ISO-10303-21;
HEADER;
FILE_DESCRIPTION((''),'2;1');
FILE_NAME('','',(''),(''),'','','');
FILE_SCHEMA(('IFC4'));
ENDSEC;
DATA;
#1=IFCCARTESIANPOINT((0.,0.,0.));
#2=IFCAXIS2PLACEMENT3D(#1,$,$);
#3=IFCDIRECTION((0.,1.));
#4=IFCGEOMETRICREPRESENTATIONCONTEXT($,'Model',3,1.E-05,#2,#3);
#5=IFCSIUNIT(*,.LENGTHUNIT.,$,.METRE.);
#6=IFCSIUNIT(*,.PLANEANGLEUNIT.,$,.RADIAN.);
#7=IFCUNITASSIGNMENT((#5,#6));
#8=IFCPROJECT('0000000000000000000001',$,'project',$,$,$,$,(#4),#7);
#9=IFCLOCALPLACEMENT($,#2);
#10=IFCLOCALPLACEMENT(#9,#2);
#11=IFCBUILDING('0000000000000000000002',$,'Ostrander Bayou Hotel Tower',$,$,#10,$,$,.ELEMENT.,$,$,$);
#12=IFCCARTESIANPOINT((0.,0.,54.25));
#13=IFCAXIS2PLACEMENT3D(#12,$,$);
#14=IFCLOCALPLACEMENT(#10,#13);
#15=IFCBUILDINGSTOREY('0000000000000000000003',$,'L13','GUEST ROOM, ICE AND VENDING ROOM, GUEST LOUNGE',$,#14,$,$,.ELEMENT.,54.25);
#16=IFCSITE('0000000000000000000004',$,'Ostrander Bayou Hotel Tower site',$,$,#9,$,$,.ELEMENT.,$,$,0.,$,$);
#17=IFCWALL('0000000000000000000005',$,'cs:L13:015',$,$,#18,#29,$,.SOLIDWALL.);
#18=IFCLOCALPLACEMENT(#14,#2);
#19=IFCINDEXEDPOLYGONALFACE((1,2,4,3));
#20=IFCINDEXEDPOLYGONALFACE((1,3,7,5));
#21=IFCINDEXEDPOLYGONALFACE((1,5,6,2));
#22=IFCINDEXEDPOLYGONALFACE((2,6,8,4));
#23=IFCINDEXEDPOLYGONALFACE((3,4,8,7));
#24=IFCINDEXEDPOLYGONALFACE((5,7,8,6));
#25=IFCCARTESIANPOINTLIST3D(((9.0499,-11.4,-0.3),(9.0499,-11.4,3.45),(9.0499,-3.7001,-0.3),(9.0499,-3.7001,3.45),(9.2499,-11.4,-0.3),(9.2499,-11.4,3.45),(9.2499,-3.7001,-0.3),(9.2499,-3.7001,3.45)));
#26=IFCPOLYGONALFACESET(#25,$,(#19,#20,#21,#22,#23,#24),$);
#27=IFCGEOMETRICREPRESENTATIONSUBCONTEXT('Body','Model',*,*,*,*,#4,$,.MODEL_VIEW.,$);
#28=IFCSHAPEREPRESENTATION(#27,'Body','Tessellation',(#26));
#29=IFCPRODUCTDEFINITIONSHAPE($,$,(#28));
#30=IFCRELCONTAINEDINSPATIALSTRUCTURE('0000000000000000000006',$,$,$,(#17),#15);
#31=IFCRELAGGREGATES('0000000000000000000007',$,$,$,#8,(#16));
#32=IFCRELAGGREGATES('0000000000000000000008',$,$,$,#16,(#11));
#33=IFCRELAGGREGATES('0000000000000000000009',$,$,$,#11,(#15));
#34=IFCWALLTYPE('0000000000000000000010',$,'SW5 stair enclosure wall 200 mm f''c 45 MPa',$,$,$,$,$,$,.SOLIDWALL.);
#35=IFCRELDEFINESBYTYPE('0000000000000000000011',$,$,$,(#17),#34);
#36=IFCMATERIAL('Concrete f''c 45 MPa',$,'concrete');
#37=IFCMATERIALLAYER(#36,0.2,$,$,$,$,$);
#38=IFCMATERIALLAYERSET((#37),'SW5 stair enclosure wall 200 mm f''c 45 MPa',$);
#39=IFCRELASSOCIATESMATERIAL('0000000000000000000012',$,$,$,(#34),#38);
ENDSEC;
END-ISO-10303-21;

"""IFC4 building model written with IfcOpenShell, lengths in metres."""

from ifc_helpers import new_model, si_unit, direction, frame, frame_2d, origin, place, context, subcontext, project, spatial, rectangle, extrude, material, layer, layer_set, type_object, element, save


model = new_model("IFC4")

# Units and contexts
model_context = context("Model", 3, precision=1e-05, world=origin(), true_north=direction((0.0, 1.0)))
body_context = subcontext(model_context, "Body", "Model", "MODEL_VIEW")
ifc_project = project(units=[si_unit("LENGTHUNIT", "METRE"), si_unit("PLANEANGLEUNIT", "RADIAN")], contexts=[model_context])

# Site, building, storey
site_placement = place(None, origin())
site = spatial("IfcSite", under=ifc_project, at=site_placement, Name="Ostrander Bayou Hotel Tower site", CompositionType="ELEMENT", RefElevation=0.0)
building_placement = place(site_placement, origin())
building = spatial("IfcBuilding", under=site, at=building_placement, Name="Ostrander Bayou Hotel Tower", CompositionType="ELEMENT")
storey_placement = place(building_placement, frame((0.0, 0.0, 54.25)))
storey = spatial("IfcBuildingStorey", under=building, at=storey_placement, Name="L13", Description="GUEST ROOM, ICE AND VENDING ROOM, GUEST LOUNGE", CompositionType="ELEMENT", Elevation=54.25)

# Wall
ifc_material_1 = material(Name="Concrete f'c 45 MPa", Category="concrete")
ifc_layer_1 = layer(ifc_material_1, 0.2)
ifc_layer_set_1 = layer_set([ifc_layer_1], Name="SW5 stair enclosure wall 200 mm f'c 45 MPa")
wall_type_1 = type_object("IfcWallType", Name="SW5 stair enclosure wall 200 mm f'c 45 MPa", PredefinedType="SOLIDWALL", material=ifc_layer_set_1)
wall_1_placement = place(storey_placement, frame((9.1499, -3.7, -0.3), z_axis=(0.0, 0.0, 1.0), x_axis=(0.0, -1.0, 0.0)))
element("IfcWall", 1, at=wall_1_placement, inside=storey, type_object=wall_type_1, Name="cs:L13:015", PredefinedType="SOLIDWALL", context=body_context, shape_type="SweptSolid", body=[
    extrude(rectangle(XDim=7.7, YDim=0.2, at=frame_2d((3.8501, 0.0))), origin(), (0.0, 0.0, 1.0), 3.75),
])

save(model, "model.ifc")
